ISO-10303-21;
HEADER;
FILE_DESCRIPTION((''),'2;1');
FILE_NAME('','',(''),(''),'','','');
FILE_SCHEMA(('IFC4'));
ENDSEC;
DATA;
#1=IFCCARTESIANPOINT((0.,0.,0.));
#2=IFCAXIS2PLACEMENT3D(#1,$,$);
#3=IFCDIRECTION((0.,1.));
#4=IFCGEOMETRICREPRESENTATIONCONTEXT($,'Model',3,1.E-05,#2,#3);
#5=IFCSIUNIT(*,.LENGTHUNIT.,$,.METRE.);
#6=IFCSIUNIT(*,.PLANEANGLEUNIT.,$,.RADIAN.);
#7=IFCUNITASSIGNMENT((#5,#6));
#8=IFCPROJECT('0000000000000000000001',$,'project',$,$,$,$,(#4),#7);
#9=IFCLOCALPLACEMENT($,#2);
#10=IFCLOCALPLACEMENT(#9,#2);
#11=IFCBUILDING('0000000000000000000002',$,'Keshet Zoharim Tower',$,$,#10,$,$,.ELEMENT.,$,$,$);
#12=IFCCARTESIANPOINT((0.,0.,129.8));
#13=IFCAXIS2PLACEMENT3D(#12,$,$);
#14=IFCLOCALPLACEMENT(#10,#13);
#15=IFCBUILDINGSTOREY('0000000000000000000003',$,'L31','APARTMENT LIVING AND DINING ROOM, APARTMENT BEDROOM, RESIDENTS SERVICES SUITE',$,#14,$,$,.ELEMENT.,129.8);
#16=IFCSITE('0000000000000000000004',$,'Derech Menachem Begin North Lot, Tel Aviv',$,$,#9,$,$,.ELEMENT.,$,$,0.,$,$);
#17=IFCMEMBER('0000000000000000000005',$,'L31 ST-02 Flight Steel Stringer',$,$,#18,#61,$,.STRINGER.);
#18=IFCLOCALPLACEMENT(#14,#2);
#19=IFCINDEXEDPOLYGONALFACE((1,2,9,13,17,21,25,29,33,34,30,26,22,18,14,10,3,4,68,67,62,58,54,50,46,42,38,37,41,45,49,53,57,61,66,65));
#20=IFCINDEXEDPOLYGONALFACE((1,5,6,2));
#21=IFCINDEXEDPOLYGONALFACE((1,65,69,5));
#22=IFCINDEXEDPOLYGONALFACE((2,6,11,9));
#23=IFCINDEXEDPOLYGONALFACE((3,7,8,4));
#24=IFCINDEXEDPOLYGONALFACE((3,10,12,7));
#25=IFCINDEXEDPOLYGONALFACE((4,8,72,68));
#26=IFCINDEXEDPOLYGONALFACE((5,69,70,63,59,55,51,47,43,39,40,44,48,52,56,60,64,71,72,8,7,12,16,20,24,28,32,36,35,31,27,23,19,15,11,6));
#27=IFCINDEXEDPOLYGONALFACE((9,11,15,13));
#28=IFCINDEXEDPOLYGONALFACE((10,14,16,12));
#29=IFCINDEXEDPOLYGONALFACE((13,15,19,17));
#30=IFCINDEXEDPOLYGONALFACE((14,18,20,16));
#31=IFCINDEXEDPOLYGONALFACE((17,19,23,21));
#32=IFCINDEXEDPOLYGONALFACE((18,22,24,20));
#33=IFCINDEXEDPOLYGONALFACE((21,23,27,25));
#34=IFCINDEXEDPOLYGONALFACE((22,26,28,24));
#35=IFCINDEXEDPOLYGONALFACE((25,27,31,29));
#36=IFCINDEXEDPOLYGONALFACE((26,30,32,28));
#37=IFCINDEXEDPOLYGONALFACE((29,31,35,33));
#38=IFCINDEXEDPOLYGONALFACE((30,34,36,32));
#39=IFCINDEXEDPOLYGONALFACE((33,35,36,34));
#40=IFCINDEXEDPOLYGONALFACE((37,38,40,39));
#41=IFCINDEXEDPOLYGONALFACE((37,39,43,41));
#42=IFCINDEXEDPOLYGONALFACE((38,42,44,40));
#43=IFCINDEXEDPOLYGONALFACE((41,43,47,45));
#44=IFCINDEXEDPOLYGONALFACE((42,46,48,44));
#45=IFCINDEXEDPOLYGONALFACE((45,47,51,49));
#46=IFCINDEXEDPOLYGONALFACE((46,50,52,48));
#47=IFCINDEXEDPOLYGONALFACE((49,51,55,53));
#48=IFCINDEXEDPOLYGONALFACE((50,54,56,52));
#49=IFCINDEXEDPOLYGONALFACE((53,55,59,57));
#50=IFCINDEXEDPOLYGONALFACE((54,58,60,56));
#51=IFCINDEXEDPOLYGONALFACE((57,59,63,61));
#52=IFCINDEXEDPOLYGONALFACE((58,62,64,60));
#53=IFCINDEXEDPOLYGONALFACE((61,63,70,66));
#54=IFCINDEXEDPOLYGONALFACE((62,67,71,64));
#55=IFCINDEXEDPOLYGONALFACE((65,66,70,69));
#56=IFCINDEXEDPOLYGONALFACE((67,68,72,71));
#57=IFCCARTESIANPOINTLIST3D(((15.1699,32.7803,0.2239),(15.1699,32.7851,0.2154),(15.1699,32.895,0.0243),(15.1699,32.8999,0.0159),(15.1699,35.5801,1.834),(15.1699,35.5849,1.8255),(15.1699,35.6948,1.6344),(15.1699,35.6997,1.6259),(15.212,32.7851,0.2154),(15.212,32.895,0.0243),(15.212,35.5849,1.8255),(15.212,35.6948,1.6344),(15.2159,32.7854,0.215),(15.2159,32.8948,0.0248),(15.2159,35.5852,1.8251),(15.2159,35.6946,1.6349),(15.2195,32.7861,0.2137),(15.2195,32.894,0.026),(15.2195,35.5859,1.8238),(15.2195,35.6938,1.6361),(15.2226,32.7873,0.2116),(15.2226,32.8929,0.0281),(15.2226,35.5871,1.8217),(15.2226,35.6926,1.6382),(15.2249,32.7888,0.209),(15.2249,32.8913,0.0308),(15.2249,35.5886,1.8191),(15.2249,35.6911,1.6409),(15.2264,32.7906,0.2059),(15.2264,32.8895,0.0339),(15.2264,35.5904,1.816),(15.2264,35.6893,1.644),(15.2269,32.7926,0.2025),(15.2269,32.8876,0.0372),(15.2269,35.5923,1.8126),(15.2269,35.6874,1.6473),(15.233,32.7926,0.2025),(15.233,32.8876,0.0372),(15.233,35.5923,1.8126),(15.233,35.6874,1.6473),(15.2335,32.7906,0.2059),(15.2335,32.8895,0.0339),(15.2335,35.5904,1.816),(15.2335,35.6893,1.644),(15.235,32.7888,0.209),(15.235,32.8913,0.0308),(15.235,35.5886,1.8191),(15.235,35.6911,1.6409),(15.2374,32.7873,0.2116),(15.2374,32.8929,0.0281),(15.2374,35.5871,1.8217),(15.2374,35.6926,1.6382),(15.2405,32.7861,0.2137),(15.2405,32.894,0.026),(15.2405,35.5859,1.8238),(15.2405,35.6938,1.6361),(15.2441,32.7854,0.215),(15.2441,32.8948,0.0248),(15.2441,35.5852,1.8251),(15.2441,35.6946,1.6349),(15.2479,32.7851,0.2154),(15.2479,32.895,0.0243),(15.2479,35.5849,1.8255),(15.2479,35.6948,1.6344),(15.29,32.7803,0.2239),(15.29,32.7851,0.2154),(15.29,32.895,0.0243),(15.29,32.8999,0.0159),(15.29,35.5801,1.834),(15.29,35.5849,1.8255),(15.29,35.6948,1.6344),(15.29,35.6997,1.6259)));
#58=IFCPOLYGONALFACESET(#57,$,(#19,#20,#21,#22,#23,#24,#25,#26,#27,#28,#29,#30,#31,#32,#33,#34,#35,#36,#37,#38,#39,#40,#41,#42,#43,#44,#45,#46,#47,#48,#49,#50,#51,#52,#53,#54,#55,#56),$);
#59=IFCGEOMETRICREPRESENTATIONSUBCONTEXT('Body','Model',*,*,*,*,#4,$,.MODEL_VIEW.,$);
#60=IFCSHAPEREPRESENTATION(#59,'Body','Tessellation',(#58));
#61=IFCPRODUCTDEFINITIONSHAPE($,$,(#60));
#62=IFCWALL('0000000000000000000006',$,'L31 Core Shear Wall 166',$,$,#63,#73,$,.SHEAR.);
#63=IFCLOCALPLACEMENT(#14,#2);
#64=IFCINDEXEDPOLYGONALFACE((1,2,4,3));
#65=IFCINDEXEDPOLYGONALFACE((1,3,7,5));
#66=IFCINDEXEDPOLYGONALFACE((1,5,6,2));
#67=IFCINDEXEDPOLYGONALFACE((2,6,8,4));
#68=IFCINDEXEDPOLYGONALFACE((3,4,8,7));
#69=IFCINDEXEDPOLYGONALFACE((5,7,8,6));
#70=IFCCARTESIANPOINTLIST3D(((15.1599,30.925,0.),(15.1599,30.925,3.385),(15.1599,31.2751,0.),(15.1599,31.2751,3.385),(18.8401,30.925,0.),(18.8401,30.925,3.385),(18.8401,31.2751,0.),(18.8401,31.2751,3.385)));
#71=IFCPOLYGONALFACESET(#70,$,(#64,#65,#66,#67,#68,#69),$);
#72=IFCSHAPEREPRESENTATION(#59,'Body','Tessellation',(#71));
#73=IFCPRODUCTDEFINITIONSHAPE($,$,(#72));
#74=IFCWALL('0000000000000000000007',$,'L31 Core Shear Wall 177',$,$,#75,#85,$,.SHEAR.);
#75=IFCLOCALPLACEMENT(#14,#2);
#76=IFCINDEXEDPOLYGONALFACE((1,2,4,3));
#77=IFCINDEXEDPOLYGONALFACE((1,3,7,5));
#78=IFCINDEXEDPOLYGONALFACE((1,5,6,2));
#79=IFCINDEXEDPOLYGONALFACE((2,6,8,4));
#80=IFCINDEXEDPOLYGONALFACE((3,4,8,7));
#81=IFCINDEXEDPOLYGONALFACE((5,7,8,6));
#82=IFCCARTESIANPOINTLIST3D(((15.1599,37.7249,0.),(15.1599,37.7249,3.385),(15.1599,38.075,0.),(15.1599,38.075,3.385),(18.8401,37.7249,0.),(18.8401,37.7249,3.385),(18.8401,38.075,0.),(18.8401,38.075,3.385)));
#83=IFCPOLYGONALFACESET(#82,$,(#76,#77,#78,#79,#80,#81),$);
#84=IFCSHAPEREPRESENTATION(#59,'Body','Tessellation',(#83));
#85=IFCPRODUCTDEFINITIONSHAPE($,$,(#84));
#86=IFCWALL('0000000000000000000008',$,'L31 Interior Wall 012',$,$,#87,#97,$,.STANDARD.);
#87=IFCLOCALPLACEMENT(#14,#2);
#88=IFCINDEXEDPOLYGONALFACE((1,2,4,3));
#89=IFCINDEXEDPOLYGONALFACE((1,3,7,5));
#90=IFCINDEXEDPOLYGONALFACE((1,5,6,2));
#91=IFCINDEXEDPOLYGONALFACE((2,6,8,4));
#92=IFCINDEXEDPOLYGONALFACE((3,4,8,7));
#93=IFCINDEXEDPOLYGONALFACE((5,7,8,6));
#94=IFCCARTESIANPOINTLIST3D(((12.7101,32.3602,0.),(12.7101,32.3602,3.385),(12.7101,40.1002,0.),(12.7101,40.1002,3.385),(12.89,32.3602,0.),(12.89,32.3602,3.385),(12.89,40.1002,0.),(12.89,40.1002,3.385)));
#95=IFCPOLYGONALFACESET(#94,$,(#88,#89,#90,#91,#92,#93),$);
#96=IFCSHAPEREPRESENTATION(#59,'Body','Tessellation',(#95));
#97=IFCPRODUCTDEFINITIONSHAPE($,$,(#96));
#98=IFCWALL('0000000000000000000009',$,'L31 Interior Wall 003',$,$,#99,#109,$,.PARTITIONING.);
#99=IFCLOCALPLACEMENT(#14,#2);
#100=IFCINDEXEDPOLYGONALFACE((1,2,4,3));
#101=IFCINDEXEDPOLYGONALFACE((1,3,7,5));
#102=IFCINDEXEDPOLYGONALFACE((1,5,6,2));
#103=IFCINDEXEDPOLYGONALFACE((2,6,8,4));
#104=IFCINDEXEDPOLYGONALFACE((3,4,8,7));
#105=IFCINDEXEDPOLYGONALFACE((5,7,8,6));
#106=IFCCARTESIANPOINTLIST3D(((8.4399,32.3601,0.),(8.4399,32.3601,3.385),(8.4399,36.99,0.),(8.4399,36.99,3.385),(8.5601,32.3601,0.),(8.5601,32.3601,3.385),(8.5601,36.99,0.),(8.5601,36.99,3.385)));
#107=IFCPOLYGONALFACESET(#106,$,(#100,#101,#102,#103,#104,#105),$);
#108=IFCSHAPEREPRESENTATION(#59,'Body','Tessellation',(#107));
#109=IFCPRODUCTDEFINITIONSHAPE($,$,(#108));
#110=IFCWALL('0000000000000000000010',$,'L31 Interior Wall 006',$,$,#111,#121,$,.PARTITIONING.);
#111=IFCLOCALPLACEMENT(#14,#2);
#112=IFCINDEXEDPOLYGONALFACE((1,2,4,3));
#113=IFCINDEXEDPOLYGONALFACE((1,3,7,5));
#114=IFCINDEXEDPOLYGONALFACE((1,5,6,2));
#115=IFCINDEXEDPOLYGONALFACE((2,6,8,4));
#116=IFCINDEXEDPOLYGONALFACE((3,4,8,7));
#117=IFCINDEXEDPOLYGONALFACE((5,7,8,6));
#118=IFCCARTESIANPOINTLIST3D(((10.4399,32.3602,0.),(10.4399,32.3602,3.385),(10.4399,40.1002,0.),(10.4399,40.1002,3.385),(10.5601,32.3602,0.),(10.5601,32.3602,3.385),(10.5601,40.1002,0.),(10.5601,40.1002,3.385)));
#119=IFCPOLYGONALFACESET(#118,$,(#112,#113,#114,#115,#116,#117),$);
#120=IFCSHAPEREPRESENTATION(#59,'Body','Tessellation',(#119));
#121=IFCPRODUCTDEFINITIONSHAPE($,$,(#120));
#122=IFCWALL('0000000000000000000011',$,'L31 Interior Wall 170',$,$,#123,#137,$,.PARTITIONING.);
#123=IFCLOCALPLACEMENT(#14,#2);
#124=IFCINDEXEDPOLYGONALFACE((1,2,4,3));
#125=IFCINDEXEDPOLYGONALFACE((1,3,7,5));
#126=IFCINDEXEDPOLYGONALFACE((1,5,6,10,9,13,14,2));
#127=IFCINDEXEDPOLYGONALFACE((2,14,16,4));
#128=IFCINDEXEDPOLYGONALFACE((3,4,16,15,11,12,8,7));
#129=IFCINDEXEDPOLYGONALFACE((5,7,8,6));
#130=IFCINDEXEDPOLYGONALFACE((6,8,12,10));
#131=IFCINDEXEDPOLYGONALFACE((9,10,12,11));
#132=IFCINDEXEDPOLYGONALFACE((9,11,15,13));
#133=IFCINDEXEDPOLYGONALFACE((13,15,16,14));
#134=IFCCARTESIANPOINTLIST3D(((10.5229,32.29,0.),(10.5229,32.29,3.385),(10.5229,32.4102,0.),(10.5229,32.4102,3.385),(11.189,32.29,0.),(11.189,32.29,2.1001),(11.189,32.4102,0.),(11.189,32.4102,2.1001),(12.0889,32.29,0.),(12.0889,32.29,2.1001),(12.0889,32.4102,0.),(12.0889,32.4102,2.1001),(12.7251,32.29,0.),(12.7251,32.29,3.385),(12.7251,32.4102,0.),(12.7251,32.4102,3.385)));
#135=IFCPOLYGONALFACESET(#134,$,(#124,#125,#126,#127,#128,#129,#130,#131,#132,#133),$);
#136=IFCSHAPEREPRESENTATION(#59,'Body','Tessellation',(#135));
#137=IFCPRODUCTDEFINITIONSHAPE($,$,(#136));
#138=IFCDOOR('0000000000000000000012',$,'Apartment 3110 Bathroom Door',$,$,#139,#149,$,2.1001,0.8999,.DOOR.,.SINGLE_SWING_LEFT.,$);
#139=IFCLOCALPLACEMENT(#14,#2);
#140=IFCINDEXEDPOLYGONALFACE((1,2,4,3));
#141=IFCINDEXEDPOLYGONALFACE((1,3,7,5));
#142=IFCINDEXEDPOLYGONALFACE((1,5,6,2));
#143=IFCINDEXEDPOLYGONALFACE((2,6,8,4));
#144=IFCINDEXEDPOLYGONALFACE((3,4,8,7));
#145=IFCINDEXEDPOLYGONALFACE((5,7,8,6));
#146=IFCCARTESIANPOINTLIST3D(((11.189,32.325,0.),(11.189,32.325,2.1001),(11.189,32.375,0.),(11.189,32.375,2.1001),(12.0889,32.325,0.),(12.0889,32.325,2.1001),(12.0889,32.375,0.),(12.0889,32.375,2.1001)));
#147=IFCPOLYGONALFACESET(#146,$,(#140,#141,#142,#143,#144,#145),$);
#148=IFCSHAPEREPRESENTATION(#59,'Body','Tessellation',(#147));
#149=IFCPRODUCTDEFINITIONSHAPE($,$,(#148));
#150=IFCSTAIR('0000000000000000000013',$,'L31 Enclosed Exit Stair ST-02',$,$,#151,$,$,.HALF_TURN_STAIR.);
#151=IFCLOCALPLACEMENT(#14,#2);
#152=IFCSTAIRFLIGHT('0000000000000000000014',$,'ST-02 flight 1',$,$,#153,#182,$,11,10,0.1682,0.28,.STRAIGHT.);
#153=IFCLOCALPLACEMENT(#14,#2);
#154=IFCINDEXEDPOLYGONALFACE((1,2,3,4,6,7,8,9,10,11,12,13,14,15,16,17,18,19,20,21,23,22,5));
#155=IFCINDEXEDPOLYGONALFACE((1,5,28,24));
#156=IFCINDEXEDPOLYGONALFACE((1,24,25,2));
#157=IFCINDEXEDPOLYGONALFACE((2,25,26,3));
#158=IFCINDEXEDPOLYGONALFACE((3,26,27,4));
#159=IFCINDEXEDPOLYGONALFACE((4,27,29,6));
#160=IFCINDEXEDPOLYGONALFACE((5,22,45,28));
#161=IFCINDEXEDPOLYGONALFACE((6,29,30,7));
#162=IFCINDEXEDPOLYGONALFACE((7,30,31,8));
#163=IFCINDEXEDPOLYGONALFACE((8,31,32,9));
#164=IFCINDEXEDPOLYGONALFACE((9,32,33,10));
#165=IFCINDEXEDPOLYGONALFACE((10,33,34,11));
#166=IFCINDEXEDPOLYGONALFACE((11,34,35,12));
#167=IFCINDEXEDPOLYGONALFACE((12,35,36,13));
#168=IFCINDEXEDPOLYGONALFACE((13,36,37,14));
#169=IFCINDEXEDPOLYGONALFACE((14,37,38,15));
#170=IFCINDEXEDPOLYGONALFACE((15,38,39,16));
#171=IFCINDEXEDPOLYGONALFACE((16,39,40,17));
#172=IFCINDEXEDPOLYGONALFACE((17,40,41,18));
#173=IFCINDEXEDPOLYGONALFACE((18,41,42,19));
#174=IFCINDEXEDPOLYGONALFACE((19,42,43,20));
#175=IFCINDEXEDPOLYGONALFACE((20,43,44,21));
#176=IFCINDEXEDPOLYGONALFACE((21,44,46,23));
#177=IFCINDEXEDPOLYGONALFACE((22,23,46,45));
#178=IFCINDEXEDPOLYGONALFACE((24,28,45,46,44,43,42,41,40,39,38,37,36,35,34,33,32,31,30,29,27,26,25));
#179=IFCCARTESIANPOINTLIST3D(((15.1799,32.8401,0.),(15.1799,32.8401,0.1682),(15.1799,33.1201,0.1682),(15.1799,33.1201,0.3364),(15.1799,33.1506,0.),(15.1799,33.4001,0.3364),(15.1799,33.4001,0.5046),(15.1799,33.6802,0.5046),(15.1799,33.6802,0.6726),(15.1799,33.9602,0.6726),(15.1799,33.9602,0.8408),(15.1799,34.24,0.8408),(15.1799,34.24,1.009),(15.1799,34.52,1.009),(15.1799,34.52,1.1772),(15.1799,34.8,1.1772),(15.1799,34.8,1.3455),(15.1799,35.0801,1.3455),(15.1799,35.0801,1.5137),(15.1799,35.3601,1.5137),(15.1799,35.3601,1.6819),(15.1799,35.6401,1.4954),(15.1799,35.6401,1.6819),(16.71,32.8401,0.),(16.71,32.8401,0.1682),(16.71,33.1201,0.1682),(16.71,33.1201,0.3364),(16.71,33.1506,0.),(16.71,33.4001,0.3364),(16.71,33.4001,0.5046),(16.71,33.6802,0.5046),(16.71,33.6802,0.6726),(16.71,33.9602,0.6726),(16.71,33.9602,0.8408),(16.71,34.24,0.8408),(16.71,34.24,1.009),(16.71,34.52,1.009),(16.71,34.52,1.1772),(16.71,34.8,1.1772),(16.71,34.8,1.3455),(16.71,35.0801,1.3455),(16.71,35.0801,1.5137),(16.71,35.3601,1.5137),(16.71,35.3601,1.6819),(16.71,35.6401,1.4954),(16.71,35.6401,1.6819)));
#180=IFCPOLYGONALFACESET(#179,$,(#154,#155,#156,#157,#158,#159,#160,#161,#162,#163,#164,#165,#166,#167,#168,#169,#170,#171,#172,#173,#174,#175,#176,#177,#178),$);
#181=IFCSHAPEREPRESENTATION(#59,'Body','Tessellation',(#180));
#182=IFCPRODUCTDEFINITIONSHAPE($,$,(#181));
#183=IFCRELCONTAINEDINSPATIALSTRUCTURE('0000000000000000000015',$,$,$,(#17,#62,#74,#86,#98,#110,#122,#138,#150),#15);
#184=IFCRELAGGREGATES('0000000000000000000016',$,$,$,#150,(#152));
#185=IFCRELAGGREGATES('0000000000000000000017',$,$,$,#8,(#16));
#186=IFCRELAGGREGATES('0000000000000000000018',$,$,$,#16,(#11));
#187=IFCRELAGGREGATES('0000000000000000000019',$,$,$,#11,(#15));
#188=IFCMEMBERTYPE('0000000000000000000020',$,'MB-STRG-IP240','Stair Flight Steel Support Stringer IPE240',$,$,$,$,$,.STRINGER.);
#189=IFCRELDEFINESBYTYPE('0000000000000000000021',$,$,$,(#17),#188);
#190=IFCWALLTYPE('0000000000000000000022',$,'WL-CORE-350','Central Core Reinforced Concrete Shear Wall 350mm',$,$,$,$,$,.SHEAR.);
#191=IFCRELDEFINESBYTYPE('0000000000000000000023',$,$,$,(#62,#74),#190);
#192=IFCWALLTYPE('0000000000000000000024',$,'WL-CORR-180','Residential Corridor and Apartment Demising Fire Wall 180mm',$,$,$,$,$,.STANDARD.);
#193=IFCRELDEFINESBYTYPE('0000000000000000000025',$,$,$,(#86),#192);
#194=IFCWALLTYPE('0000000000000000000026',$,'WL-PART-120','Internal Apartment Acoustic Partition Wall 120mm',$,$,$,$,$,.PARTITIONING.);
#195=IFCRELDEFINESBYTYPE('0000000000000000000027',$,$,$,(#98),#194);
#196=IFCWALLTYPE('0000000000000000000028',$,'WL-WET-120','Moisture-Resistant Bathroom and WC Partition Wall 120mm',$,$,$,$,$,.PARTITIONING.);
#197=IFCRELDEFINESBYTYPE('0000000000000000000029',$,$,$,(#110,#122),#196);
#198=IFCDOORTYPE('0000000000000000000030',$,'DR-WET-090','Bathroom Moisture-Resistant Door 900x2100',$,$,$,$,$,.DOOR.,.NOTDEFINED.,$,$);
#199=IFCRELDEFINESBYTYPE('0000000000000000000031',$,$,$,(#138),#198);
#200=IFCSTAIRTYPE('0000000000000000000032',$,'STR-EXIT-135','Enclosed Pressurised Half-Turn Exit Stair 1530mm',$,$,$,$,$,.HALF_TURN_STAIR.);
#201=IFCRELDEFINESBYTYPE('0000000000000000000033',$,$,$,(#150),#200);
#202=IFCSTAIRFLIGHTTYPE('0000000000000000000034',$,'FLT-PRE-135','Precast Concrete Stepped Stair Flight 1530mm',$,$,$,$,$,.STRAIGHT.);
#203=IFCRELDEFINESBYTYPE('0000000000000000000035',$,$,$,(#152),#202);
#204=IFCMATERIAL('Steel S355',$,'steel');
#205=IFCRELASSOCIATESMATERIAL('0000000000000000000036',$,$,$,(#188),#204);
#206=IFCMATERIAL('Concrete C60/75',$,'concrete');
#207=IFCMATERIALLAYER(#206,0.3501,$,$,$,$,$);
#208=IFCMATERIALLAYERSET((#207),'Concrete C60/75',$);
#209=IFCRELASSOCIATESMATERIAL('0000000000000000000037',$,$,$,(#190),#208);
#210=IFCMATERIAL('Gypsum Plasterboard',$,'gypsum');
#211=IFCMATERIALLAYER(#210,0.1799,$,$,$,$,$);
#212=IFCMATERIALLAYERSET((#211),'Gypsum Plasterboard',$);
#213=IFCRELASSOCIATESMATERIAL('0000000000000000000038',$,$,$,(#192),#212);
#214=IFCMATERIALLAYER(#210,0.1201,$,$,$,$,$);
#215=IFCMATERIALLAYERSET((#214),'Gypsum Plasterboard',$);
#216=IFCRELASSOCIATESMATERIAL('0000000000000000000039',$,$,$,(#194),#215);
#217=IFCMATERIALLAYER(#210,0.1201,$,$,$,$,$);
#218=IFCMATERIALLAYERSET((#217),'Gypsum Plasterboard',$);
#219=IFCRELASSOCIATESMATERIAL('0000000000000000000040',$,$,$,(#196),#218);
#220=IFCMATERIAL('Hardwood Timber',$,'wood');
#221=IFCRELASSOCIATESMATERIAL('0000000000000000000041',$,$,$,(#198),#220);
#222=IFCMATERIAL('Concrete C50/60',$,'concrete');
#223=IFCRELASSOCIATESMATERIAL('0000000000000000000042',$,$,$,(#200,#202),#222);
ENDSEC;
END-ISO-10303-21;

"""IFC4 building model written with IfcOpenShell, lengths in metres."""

from ifc_helpers import new_model, si_unit, direction, frame, frame_2d, origin, origin_2d, place, context, subcontext, project, spatial, polyline, rectangle, i_section, outline, extrude, material, layer, layer_set, material_profile, profile_set, type_object, element, fill, aggregate, save


model = new_model("IFC4")

# Units and contexts
model_context = context("Model", 3, precision=1e-05, world=origin(), true_north=direction((0.0, 1.0)))
body_context = subcontext(model_context, "Body", "Model", "MODEL_VIEW")
ifc_project = project(units=[si_unit("LENGTHUNIT", "METRE"), si_unit("PLANEANGLEUNIT", "RADIAN")], contexts=[model_context])

# Site, building, storey
site_placement = place(None, origin())
site = spatial("IfcSite", under=ifc_project, at=site_placement, Name="Derech Menachem Begin North Lot, Tel Aviv", CompositionType="ELEMENT", RefElevation=0.0)
building_placement = place(site_placement, origin())
building = spatial("IfcBuilding", under=site, at=building_placement, Name="Keshet Zoharim Tower", CompositionType="ELEMENT")
storey_placement = place(building_placement, frame((0.0, 0.0, 129.8)))
storey = spatial("IfcBuildingStorey", under=building, at=storey_placement, Name="L31", Description="APARTMENT LIVING AND DINING ROOM, APARTMENT BEDROOM, RESIDENTS SERVICES SUITE", CompositionType="ELEMENT", Elevation=129.8)

# Shared definitions
ifc_material_1 = material(Name="Steel S355", Category="steel")

# Member
ifc_material_profile_1 = material_profile(ifc_material_1, i_section(OverallWidth=0.1201, OverallDepth=0.24, WebThickness=0.0061, FlangeThickness=0.0098, FilletRadius=0.0149, at=origin_2d()), Name="IPE240")
ifc_profile_set_1 = profile_set([ifc_material_profile_1], Name="Steel S355")
member_type_1 = type_object("IfcMemberType", Name="MB-STRG-IP240", Description="Stair Flight Steel Support Stringer IPE240", PredefinedType="STRINGER", material=ifc_profile_set_1)
member_1_placement = place(storey_placement, frame((15.23, 32.8401, 0.1199), z_axis=(0.0, 0.866877, 0.498522), x_axis=(-1.0, 0.0, 0.0)))
element("IfcMember", 1, at=member_1_placement, inside=storey, type_object=member_type_1, Name="L31 ST-02 Flight Steel Stringer", PredefinedType="STRINGER", context=body_context, shape_type="SweptSolid", body=[
    extrude(i_section(OverallWidth=0.1201, OverallDepth=0.24, WebThickness=0.0061, FlangeThickness=0.0098, FilletRadius=0.0149, at=origin_2d()), origin(), (0.0, 0.0, 1.0), 3.2297),
])

# Walls
ifc_material_2 = material(Name="Concrete C60/75", Category="concrete")
ifc_layer_1 = layer(ifc_material_2, 0.3501)
ifc_layer_set_1 = layer_set([ifc_layer_1], Name="Concrete C60/75")
wall_type_1 = type_object("IfcWallType", Name="WL-CORE-350", Description="Central Core Reinforced Concrete Shear Wall 350mm", PredefinedType="SHEAR", material=ifc_layer_set_1)
for number, where, z_axis, x_axis, name in (
    (2, (15.1599, 31.1001, 0.0), (0.0, 0.0, 1.0), (1.0, 0.0, 0.0), "L31 Core Shear Wall 166"),
    (3, (15.1599, 37.8999, 0.0), (0.0, 0.0, 1.0), (1.0, 0.0, 0.0), "L31 Core Shear Wall 177"),
):
    element("IfcWall", number, at=place(storey_placement, frame(where, z_axis=z_axis, x_axis=x_axis)), inside=storey, type_object=wall_type_1, Name=name, PredefinedType="SHEAR", context=body_context, shape_type="SweptSolid", body=[
        extrude(rectangle(XDim=3.6802, YDim=0.3501, at=frame_2d((1.8401, 0.0))), origin(), (0.0, 0.0, 1.0), 3.385),
    ])
ifc_material_3 = material(Name="Gypsum Plasterboard", Category="gypsum")
ifc_layer_2 = layer(ifc_material_3, 0.1799)
ifc_layer_set_2 = layer_set([ifc_layer_2], Name="Gypsum Plasterboard")
wall_type_2 = type_object("IfcWallType", Name="WL-CORR-180", Description="Residential Corridor and Apartment Demising Fire Wall 180mm", PredefinedType="STANDARD", material=ifc_layer_set_2)
wall_1_placement = place(storey_placement, frame((12.8, 32.3601, 0.0), z_axis=(0.0, 0.0, 1.0), x_axis=(0.0, 1.0, 0.0)))
element("IfcWall", 4, at=wall_1_placement, inside=storey, type_object=wall_type_2, Name="L31 Interior Wall 012", PredefinedType="STANDARD", context=body_context, shape_type="SweptSolid", body=[
    extrude(rectangle(XDim=7.74, YDim=0.1799, at=frame_2d((3.8701, 0.0))), origin(), (0.0, 0.0, 1.0), 3.385),
])
ifc_layer_3 = layer(ifc_material_3, 0.1201)
ifc_layer_set_3 = layer_set([ifc_layer_3], Name="Gypsum Plasterboard")
wall_type_3 = type_object("IfcWallType", Name="WL-PART-120", Description="Internal Apartment Acoustic Partition Wall 120mm", PredefinedType="PARTITIONING", material=ifc_layer_set_3)
wall_2_placement = place(storey_placement, frame((8.5, 32.3601, 0.0), z_axis=(0.0, 0.0, 1.0), x_axis=(0.0, 1.0, 0.0)))
element("IfcWall", 5, at=wall_2_placement, inside=storey, type_object=wall_type_3, Name="L31 Interior Wall 003", PredefinedType="PARTITIONING", context=body_context, shape_type="SweptSolid", body=[
    extrude(rectangle(XDim=4.6299, YDim=0.1201, at=frame_2d((2.3149, 0.0))), origin(), (0.0, 0.0, 1.0), 3.385),
])

# Shared definitions
ifc_material_4 = material(Name="Hardwood Timber", Category="wood")

# Wall
ifc_layer_4 = layer(ifc_material_3, 0.1201)
ifc_layer_set_4 = layer_set([ifc_layer_4], Name="Gypsum Plasterboard")
wall_type_4 = type_object("IfcWallType", Name="WL-WET-120", Description="Moisture-Resistant Bathroom and WC Partition Wall 120mm", PredefinedType="PARTITIONING", material=ifc_layer_set_4)
wall_3_placement = place(storey_placement, frame((10.5, 32.3601, 0.0), z_axis=(0.0, 0.0, 1.0), x_axis=(0.0, 1.0, 0.0)))
element("IfcWall", 6, at=wall_3_placement, inside=storey, type_object=wall_type_4, Name="L31 Interior Wall 006", PredefinedType="PARTITIONING", context=body_context, shape_type="SweptSolid", body=[
    extrude(rectangle(XDim=7.74, YDim=0.1201, at=frame_2d((3.8701, 0.0))), origin(), (0.0, 0.0, 1.0), 3.385),
])

# Wall, opening, door
wall_4_placement = place(storey_placement, frame((10.5229, 32.3501, 0.0), z_axis=(0.0, 0.0, 1.0), x_axis=(1.0, 0.0, 0.0)))
wall_4 = element("IfcWall", 7, at=wall_4_placement, inside=storey, type_object=wall_type_4, Name="L31 Interior Wall 170", PredefinedType="PARTITIONING", context=body_context, shape_type="SweptSolid", body=[
    extrude(rectangle(XDim=2.2021, YDim=0.1201, at=frame_2d((1.1011, 0.0))), origin(), (0.0, 0.0, 1.0), 3.385),
])
opening_1_placement = place(wall_4_placement, frame((0.666, 0.0, 0.0)))
opening_1 = element("IfcOpeningElement", 8, at=opening_1_placement, cuts=wall_4, PredefinedType="OPENING", context=body_context, shape_type="SweptSolid", body=[
    extrude(rectangle(XDim=0.8999, YDim=2.1001, at=frame_2d((0.45, 1.05))), frame((0.0, 0.0701, 0.0), z_axis=(0.0, -1.0, 0.0), x_axis=(1.0, 0.0, 0.0)), (0.0, 0.0, 1.0), 0.1401),
])
door_type_1 = type_object("IfcDoorType", Name="DR-WET-090", Description="Bathroom Moisture-Resistant Door 900x2100", OperationType="NOTDEFINED", PredefinedType="DOOR", material=ifc_material_4)
door_1_placement = place(opening_1_placement, origin())
door_1 = element("IfcDoor", 9, at=door_1_placement, inside=storey, type_object=door_type_1, Name="Apartment 3110 Bathroom Door", OperationType="SINGLE_SWING_LEFT", OverallHeight=2.1001, OverallWidth=0.8999, PredefinedType="DOOR", context=body_context, shape_type="SweptSolid", body=[
    extrude(rectangle(XDim=0.8999, YDim=2.1001, at=frame_2d((0.45, 1.05))), frame((0.0, 0.0249, 0.0), z_axis=(0.0, -1.0, 0.0), x_axis=(1.0, 0.0, 0.0)), (0.0, 0.0, 1.0), 0.05),
])
fill(opening_1, door_1)

# Stair, stair flight
ifc_material_5 = material(Name="Concrete C50/60", Category="concrete")
stair_type = type_object("IfcStairType", Name="STR-EXIT-135", Description="Enclosed Pressurised Half-Turn Exit Stair 1530mm", PredefinedType="HALF_TURN_STAIR", material=ifc_material_5)
stair_placement = place(storey_placement, origin())
stair = element("IfcStair", 10, at=stair_placement, inside=storey, type_object=stair_type, Name="L31 Enclosed Exit Stair ST-02", PredefinedType="HALF_TURN_STAIR")
stair_flight_type = type_object("IfcStairFlightType", Name="FLT-PRE-135", Description="Precast Concrete Stepped Stair Flight 1530mm", PredefinedType="STRAIGHT", material=ifc_material_5)
stair_flight_placement = place(storey_placement, frame((15.9451, 32.8401, 0.0), z_axis=(0.0, 0.0, 1.0), x_axis=(0.0, 1.0, 0.0)))
stair_flight = element("IfcStairFlight", 11, at=stair_flight_placement, type_object=stair_flight_type, Name="ST-02 flight 1", NumberOfRisers=11, NumberOfTreads=10, PredefinedType="STRAIGHT", RiserHeight=0.1682, TreadLength=0.28, context=body_context, shape_type="SweptSolid", body=[
    extrude(outline(polyline([(0.0, 0.0), (0.0, 0.1682), (0.28, 0.1682), (0.28, 0.3364), (0.5601, 0.3364), (0.5601, 0.5046), (0.8401, 0.5046), (0.8401, 0.6726), (1.1201, 0.6726), (1.1201, 0.8408), (1.3999, 0.8408), (1.3999, 1.009), (1.6799, 1.009), (1.6799, 1.1772), (1.96, 1.1772), (1.96, 1.3455), (2.24, 1.3455), (2.24, 1.5137), (2.52, 1.5137), (2.52, 1.6819), (2.8, 1.6819), (2.8, 1.8501), (2.8, 1.4954), (0.3105, 0.0), (0.0, 0.0)])), frame((0.0, 0.7651, 0.0), z_axis=(0.0, -1.0, 0.0), x_axis=(1.0, 0.0, 0.0)), (0.0, 0.0, 1.0), 1.53),
])
aggregate(stair, [stair_flight])

save(model, "model.ifc")
